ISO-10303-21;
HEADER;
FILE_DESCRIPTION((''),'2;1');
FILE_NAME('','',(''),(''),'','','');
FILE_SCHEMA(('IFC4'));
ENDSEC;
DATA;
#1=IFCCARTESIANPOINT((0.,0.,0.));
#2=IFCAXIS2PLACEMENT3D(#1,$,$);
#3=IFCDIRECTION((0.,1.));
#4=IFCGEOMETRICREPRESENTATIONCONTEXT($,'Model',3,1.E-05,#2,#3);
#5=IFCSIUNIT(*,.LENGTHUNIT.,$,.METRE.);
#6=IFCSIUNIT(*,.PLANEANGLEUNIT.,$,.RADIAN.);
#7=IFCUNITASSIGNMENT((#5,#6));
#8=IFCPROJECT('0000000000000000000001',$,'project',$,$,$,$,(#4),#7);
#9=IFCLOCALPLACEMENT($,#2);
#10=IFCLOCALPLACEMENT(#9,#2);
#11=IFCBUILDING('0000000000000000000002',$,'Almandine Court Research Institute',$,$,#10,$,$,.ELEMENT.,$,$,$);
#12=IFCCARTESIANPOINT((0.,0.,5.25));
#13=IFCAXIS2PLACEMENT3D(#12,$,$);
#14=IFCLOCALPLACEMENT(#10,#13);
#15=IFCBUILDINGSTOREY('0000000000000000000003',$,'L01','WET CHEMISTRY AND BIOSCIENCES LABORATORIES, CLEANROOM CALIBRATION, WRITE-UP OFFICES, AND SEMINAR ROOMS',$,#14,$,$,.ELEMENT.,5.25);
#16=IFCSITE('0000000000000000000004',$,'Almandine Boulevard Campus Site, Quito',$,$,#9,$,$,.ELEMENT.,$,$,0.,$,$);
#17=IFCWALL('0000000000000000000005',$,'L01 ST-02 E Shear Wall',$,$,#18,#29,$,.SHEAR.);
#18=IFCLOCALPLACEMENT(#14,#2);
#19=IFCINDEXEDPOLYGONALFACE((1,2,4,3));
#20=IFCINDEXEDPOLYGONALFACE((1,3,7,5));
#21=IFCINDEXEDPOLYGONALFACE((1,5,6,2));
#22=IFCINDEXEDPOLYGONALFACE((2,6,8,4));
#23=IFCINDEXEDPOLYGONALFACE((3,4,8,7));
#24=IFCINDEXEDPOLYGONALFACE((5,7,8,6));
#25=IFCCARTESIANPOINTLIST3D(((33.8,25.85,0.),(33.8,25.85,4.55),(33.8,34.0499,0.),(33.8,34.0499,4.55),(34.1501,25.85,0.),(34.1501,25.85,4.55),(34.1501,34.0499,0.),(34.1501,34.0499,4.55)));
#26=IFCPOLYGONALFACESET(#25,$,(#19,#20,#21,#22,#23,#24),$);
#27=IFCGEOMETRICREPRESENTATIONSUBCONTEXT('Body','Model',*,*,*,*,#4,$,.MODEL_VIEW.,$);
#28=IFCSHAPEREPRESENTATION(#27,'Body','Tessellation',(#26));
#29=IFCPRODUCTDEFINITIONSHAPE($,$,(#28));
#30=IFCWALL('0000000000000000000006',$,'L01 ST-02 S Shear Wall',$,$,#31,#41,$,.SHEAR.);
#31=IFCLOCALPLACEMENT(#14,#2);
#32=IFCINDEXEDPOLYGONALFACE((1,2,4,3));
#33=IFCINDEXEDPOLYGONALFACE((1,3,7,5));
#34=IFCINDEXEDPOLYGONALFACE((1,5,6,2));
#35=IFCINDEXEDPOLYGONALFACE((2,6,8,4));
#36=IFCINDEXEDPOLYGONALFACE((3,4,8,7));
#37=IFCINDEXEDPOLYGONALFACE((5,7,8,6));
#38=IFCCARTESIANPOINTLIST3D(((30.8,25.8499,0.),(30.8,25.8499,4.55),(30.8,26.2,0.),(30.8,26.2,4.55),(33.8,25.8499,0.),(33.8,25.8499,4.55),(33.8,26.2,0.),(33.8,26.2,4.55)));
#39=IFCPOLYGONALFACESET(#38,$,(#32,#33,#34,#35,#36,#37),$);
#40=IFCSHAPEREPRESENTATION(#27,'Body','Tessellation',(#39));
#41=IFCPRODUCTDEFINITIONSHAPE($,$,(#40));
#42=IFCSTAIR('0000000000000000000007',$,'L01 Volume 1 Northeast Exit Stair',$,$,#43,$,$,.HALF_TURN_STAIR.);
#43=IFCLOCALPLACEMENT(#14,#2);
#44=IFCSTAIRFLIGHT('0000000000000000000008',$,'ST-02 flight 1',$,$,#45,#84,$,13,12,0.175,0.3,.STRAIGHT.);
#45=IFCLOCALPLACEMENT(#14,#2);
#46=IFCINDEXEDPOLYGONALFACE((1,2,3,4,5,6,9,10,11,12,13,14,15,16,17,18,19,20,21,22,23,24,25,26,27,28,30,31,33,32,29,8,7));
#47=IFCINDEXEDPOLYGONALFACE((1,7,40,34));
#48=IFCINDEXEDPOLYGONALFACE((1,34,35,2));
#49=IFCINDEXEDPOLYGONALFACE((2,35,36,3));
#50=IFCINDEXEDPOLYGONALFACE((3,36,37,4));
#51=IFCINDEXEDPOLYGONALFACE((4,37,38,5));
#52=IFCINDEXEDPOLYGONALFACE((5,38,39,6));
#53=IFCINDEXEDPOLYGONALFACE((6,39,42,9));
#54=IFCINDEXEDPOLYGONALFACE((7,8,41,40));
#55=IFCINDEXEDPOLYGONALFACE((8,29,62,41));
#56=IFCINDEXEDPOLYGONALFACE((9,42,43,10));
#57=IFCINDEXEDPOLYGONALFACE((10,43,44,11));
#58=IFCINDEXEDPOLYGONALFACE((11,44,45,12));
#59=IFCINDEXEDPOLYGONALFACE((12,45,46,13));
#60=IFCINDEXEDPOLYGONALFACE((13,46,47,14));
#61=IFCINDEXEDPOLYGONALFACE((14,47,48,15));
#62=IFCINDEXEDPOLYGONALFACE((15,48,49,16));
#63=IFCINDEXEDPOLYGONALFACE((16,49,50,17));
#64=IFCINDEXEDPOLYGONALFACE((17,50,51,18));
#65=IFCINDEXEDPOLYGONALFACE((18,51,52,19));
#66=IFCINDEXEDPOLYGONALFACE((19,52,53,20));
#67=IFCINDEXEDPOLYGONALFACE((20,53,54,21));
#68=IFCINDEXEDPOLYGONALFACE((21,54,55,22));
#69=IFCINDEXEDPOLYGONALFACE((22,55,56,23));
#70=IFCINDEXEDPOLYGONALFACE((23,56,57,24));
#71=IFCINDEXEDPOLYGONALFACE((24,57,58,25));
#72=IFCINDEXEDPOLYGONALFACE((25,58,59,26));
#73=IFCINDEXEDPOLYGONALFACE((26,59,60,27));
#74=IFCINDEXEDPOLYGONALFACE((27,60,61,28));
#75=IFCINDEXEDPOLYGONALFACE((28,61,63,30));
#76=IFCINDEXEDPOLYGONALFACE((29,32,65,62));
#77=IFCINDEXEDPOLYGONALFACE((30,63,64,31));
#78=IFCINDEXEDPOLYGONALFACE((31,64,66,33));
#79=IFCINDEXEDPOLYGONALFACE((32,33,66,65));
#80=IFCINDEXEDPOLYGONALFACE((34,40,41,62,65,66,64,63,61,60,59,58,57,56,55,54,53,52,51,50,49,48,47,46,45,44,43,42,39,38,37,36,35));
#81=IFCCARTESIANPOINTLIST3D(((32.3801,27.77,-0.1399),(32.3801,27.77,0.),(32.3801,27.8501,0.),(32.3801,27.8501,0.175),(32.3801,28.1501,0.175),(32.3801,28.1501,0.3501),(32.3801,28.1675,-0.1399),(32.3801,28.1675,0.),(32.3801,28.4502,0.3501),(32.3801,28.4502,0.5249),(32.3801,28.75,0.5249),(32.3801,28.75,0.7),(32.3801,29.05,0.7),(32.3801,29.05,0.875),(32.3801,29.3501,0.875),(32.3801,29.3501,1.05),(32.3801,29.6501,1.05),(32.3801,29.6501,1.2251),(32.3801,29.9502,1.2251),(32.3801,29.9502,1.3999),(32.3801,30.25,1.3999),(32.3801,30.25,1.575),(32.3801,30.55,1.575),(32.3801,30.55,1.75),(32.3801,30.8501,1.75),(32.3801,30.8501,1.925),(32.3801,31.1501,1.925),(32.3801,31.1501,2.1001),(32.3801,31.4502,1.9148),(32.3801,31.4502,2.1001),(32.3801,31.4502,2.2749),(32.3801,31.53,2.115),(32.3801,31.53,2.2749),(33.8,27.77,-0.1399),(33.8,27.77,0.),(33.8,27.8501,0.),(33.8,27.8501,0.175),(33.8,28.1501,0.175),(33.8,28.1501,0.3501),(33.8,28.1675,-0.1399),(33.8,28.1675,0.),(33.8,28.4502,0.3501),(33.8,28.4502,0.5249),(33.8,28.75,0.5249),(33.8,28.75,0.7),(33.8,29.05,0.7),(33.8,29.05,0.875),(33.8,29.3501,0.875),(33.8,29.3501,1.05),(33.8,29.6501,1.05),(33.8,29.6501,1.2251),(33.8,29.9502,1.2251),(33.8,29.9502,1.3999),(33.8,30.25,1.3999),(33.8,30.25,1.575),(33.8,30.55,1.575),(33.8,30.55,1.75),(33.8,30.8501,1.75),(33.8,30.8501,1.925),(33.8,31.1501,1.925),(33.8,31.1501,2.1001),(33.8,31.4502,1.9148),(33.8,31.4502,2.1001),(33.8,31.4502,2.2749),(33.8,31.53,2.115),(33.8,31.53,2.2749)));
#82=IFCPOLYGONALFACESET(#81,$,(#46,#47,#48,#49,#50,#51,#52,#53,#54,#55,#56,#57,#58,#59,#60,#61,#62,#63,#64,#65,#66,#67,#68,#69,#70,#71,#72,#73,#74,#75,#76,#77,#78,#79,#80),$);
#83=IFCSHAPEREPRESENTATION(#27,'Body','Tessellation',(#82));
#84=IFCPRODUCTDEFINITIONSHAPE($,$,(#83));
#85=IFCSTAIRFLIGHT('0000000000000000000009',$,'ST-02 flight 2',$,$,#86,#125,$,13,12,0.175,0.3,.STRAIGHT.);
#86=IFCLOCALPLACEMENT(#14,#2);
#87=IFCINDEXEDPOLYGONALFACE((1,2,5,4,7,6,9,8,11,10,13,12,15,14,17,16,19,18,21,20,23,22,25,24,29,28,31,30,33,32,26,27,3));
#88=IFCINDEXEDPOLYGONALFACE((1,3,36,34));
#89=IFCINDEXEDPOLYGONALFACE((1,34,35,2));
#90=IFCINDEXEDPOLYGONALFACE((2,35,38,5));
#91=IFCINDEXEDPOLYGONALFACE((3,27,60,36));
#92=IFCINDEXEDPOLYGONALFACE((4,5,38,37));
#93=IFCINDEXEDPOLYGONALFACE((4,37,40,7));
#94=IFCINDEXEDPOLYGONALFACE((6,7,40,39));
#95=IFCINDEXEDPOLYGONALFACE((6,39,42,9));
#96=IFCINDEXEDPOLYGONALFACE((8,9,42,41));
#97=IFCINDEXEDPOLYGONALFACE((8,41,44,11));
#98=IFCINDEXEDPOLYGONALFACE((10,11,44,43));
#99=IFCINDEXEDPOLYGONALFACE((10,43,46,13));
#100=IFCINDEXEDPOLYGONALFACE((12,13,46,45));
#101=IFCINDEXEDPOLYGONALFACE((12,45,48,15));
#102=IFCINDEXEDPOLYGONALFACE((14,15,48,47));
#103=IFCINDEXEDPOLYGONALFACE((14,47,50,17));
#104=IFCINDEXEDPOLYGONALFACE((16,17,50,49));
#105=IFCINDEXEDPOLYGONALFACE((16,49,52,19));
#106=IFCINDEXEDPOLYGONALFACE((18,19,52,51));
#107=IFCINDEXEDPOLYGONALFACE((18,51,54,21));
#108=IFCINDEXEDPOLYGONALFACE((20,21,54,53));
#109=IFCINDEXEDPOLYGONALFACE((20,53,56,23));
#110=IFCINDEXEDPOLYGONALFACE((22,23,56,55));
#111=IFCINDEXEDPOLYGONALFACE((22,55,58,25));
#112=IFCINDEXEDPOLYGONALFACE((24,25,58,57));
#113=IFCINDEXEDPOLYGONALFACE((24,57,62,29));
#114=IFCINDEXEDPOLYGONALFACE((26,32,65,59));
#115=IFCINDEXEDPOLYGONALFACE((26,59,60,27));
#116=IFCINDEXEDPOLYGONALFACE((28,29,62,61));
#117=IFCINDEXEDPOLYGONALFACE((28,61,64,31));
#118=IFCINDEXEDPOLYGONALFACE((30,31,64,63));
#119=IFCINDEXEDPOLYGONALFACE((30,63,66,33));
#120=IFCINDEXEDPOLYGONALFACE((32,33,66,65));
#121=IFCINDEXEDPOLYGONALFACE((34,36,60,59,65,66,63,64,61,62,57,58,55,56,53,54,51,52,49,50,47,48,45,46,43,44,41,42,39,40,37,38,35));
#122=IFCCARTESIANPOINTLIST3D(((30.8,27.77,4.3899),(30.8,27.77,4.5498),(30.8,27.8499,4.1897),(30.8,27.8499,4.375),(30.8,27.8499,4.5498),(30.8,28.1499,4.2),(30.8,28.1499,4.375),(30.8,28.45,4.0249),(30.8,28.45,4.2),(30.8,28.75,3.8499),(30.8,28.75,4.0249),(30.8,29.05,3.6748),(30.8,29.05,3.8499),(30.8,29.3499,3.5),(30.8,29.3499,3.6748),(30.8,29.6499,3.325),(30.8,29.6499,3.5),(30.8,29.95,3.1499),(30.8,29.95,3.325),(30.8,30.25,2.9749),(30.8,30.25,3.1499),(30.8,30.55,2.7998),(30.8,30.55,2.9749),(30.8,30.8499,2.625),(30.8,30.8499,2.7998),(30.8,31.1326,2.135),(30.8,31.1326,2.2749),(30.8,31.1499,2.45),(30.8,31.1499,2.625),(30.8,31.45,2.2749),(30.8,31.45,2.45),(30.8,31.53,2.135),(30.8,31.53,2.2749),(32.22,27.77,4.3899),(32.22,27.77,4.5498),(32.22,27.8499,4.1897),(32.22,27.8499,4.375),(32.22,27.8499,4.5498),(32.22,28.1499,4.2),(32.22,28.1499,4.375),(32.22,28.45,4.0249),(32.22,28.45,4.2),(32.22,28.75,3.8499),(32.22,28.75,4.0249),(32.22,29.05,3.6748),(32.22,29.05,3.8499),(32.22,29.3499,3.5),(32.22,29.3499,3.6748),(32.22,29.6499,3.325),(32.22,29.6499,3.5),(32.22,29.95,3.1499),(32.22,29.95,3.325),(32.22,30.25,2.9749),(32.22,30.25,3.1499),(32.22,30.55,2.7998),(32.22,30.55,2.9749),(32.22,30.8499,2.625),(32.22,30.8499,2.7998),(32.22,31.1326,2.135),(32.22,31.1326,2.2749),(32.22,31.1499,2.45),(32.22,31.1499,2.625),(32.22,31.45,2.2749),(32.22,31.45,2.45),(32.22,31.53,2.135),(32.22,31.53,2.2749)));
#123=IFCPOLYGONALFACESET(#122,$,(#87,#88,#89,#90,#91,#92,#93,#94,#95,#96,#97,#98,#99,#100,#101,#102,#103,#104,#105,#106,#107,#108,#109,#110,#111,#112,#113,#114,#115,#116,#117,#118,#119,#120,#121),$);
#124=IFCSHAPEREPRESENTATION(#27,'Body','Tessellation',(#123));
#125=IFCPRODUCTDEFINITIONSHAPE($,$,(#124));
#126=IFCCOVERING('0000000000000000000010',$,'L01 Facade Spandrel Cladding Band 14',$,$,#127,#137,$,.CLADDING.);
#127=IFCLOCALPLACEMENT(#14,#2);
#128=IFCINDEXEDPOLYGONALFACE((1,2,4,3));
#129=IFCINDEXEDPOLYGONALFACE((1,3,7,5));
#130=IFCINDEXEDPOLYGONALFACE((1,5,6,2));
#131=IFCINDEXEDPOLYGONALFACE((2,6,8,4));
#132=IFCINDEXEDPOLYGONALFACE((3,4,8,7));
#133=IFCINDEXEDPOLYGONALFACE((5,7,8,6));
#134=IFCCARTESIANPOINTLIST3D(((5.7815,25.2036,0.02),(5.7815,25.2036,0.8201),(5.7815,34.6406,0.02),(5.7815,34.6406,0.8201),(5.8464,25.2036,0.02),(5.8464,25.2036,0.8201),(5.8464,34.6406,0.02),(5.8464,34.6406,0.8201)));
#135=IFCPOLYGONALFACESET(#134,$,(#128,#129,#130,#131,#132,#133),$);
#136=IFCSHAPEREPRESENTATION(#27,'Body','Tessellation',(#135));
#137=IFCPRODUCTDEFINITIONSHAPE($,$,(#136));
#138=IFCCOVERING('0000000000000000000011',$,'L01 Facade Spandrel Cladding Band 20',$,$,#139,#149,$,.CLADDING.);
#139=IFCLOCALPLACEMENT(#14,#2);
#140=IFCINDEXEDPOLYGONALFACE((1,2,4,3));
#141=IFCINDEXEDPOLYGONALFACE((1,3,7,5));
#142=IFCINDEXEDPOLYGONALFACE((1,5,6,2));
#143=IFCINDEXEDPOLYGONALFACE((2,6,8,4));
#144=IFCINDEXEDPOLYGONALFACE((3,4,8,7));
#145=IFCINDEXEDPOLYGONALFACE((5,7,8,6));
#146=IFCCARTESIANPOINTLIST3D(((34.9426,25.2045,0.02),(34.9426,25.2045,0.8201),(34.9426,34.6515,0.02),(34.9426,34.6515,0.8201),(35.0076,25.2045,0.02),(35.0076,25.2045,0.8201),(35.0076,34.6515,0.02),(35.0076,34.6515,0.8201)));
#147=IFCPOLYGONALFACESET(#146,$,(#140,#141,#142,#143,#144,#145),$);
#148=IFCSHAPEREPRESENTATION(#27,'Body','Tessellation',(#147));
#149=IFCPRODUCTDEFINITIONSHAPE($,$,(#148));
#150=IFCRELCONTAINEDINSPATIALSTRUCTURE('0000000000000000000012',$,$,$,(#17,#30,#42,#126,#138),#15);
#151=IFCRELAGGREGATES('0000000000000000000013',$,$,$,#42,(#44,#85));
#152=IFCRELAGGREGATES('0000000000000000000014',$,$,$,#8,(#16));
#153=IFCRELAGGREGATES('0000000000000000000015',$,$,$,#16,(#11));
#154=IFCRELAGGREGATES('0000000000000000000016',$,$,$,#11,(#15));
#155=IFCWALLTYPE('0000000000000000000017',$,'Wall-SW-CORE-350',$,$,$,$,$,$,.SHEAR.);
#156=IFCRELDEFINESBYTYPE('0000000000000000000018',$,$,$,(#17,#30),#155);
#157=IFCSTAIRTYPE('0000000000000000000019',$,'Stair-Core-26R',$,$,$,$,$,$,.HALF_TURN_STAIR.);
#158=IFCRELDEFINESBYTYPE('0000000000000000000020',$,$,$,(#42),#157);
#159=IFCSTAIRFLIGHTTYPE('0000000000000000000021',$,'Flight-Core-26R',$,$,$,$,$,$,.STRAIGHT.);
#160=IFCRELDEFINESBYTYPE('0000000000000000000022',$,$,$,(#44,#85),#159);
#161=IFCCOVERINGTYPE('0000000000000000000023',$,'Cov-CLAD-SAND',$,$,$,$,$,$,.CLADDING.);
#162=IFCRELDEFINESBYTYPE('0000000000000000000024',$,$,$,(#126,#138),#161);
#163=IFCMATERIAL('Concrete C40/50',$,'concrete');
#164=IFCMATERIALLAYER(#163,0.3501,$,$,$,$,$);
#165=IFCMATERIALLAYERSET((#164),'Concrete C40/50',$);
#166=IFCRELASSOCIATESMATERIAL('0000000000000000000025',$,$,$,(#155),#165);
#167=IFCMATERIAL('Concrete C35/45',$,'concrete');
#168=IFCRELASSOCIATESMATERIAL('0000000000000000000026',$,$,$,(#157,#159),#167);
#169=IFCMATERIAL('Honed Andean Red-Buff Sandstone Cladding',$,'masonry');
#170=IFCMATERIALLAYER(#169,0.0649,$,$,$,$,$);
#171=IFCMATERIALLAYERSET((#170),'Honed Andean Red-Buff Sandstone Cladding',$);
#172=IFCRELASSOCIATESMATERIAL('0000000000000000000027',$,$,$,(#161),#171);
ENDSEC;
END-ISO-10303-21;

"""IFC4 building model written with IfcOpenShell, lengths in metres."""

from ifc_helpers import new_model, si_unit, direction, frame, frame_2d, origin, origin_2d, place, context, subcontext, project, spatial, polyline, rectangle, outline, extrude, material, layer, layer_set, type_object, element, aggregate, save


model = new_model("IFC4")

# Units and contexts
model_context = context("Model", 3, precision=1e-05, world=origin(), true_north=direction((0.0, 1.0)))
body_context = subcontext(model_context, "Body", "Model", "MODEL_VIEW")
ifc_project = project(units=[si_unit("LENGTHUNIT", "METRE"), si_unit("PLANEANGLEUNIT", "RADIAN")], contexts=[model_context])

# Site, building, storey
site_placement = place(None, origin())
site = spatial("IfcSite", under=ifc_project, at=site_placement, Name="Almandine Boulevard Campus Site, Quito", CompositionType="ELEMENT", RefElevation=0.0)
building_placement = place(site_placement, origin())
building = spatial("IfcBuilding", under=site, at=building_placement, Name="Almandine Court Research Institute", CompositionType="ELEMENT")
storey_placement = place(building_placement, frame((0.0, 0.0, 5.25)))
storey = spatial("IfcBuildingStorey", under=building, at=storey_placement, Name="L01", Description="WET CHEMISTRY AND BIOSCIENCES LABORATORIES, CLEANROOM CALIBRATION, WRITE-UP OFFICES, AND SEMINAR ROOMS", CompositionType="ELEMENT", Elevation=5.25)

# Shared definitions
ifc_material_1 = material(Name="Concrete C40/50", Category="concrete")
ifc_layer_1 = layer(ifc_material_1, 0.3501)
ifc_layer_set_1 = layer_set([ifc_layer_1], Name="Concrete C40/50")
wall_type_1 = type_object("IfcWallType", Name="Wall-SW-CORE-350", PredefinedType="SHEAR", material=ifc_layer_set_1)

# Walls
wall_1_placement = place(storey_placement, frame((33.9751, 34.05, 0.0), z_axis=(0.0, 0.0, 1.0), x_axis=(0.0, -1.0, 0.0)))
element("IfcWall", 1, at=wall_1_placement, inside=storey, type_object=wall_type_1, Name="L01 ST-02 E Shear Wall", PredefinedType="SHEAR", context=body_context, shape_type="SweptSolid", body=[
    extrude(rectangle(XDim=8.2, YDim=0.3501, at=frame_2d((4.1001, 0.0))), origin(), (0.0, 0.0, 1.0), 4.55),
])
wall_2_placement = place(storey_placement, frame((33.8, 26.0249, 0.0), z_axis=(0.0, 0.0, 1.0), x_axis=(-1.0, 0.0, 0.0)))
element("IfcWall", 2, at=wall_2_placement, inside=storey, type_object=wall_type_1, Name="L01 ST-02 S Shear Wall", PredefinedType="SHEAR", context=body_context, shape_type="SweptSolid", body=[
    extrude(rectangle(XDim=3.0, YDim=0.3501, at=frame_2d((1.5, 0.0))), origin(), (0.0, 0.0, 1.0), 4.55),
])

# Stair, stair flights
ifc_material_2 = material(Name="Concrete C35/45", Category="concrete")
stair_type = type_object("IfcStairType", Name="Stair-Core-26R", PredefinedType="HALF_TURN_STAIR", material=ifc_material_2)
stair_placement = place(storey_placement, origin())
stair = element("IfcStair", 3, at=stair_placement, inside=storey, type_object=stair_type, Name="L01 Volume 1 Northeast Exit Stair", PredefinedType="HALF_TURN_STAIR")
stair_flight_type = type_object("IfcStairFlightType", Name="Flight-Core-26R", PredefinedType="STRAIGHT", material=ifc_material_2)
stair_flight_1_placement = place(storey_placement, frame((33.0901, 27.8501, 0.0), z_axis=(0.0, 0.0, 1.0), x_axis=(0.0, 1.0, 0.0)))
stair_flight_1 = element("IfcStairFlight", 4, at=stair_flight_1_placement, type_object=stair_flight_type, Name="ST-02 flight 1", NumberOfRisers=13, NumberOfTreads=12, PredefinedType="STRAIGHT", RiserHeight=0.175, TreadLength=0.3, context=body_context, shape_type="SweptSolid", body=[
    extrude(outline(polyline([(-0.0801, -0.1399), (-0.0801, 0.0), (0.0, 0.0), (0.0, 0.175), (0.3, 0.175), (0.3, 0.3501), (0.6001, 0.3501), (0.6001, 0.5249), (0.8999, 0.5249), (0.8999, 0.7), (1.2, 0.7), (1.2, 0.875), (1.5, 0.875), (1.5, 1.05), (1.8, 1.05), (1.8, 1.2251), (2.1001, 1.2251), (2.1001, 1.3999), (2.3999, 1.3999), (2.3999, 1.575), (2.7, 1.575), (2.7, 1.75), (3.0, 1.75), (3.0, 1.925), (3.3, 1.925), (3.3, 2.1001), (3.6001, 2.1001), (3.6001, 2.2749), (3.6799, 2.2749), (3.6799, 2.115), (3.6001, 1.9148), (0.3174, 0.0), (0.3174, -0.1399), (-0.0801, -0.1399)])), frame((0.0, 0.71, 0.0), z_axis=(0.0, -1.0, 0.0), x_axis=(1.0, 0.0, 0.0)), (0.0, 0.0, 1.0), 1.4199),
])
stair_flight_2_placement = place(storey_placement, frame((31.51, 31.45, 2.2749), z_axis=(0.0, 0.0, 1.0), x_axis=(0.0, -1.0, 0.0)))
stair_flight_2 = element("IfcStairFlight", 5, at=stair_flight_2_placement, type_object=stair_flight_type, Name="ST-02 flight 2", NumberOfRisers=13, NumberOfTreads=12, PredefinedType="STRAIGHT", RiserHeight=0.175, TreadLength=0.3, context=body_context, shape_type="SweptSolid", body=[
    extrude(outline(polyline([(-0.0801, -0.1399), (-0.0801, 0.0), (0.0, 0.0), (0.0, 0.175), (0.3, 0.175), (0.3, 0.3501), (0.6001, 0.3501), (0.6001, 0.5249), (0.8999, 0.5249), (0.8999, 0.7), (1.2, 0.7), (1.2, 0.875), (1.5, 0.875), (1.5, 1.05), (1.8, 1.05), (1.8, 1.2251), (2.1001, 1.2251), (2.1001, 1.3999), (2.3999, 1.3999), (2.3999, 1.575), (2.7, 1.575), (2.7, 1.75), (3.0, 1.75), (3.0, 1.925), (3.3, 1.925), (3.3, 2.1001), (3.6001, 2.1001), (3.6001, 2.2749), (3.6799, 2.2749), (3.6799, 2.115), (3.6001, 1.9148), (0.3174, 0.0), (0.3174, -0.1399), (-0.0801, -0.1399)])), frame((0.0, 0.71, 0.0), z_axis=(0.0, -1.0, 0.0), x_axis=(1.0, 0.0, 0.0)), (0.0, 0.0, 1.0), 1.4199),
])
aggregate(stair, [stair_flight_1, stair_flight_2])

# Coverings
ifc_material_3 = material(Name="Honed Andean Red-Buff Sandstone Cladding", Category="masonry")
ifc_layer_2 = layer(ifc_material_3, 0.0649)
ifc_layer_set_2 = layer_set([ifc_layer_2], Name="Honed Andean Red-Buff Sandstone Cladding")
covering_type = type_object("IfcCoveringType", Name="Cov-CLAD-SAND", PredefinedType="CLADDING", material=ifc_layer_set_2)
covering_1_placement = place(storey_placement, frame((5.814, 29.9221, 0.02), z_axis=(0.0, 0.0, 1.0), x_axis=(0.0, 1.0, 0.0)))
element("IfcCovering", 6, at=covering_1_placement, inside=storey, type_object=covering_type, Name="L01 Facade Spandrel Cladding Band 14", PredefinedType="CLADDING", context=body_context, shape_type="SweptSolid", body=[
    extrude(rectangle(XDim=9.437, YDim=0.0649, at=origin_2d()), origin(), (0.0, 0.0, 1.0), 0.8),
])
covering_2_placement = place(storey_placement, frame((34.9751, 29.928, 0.02), z_axis=(0.0, 0.0, 1.0), x_axis=(0.0, -1.0, 0.0)))
element("IfcCovering", 7, at=covering_2_placement, inside=storey, type_object=covering_type, Name="L01 Facade Spandrel Cladding Band 20", PredefinedType="CLADDING", context=body_context, shape_type="SweptSolid", body=[
    extrude(rectangle(XDim=9.447, YDim=0.0649, at=origin_2d()), origin(), (0.0, 0.0, 1.0), 0.8),
])

save(model, "model.ifc")
